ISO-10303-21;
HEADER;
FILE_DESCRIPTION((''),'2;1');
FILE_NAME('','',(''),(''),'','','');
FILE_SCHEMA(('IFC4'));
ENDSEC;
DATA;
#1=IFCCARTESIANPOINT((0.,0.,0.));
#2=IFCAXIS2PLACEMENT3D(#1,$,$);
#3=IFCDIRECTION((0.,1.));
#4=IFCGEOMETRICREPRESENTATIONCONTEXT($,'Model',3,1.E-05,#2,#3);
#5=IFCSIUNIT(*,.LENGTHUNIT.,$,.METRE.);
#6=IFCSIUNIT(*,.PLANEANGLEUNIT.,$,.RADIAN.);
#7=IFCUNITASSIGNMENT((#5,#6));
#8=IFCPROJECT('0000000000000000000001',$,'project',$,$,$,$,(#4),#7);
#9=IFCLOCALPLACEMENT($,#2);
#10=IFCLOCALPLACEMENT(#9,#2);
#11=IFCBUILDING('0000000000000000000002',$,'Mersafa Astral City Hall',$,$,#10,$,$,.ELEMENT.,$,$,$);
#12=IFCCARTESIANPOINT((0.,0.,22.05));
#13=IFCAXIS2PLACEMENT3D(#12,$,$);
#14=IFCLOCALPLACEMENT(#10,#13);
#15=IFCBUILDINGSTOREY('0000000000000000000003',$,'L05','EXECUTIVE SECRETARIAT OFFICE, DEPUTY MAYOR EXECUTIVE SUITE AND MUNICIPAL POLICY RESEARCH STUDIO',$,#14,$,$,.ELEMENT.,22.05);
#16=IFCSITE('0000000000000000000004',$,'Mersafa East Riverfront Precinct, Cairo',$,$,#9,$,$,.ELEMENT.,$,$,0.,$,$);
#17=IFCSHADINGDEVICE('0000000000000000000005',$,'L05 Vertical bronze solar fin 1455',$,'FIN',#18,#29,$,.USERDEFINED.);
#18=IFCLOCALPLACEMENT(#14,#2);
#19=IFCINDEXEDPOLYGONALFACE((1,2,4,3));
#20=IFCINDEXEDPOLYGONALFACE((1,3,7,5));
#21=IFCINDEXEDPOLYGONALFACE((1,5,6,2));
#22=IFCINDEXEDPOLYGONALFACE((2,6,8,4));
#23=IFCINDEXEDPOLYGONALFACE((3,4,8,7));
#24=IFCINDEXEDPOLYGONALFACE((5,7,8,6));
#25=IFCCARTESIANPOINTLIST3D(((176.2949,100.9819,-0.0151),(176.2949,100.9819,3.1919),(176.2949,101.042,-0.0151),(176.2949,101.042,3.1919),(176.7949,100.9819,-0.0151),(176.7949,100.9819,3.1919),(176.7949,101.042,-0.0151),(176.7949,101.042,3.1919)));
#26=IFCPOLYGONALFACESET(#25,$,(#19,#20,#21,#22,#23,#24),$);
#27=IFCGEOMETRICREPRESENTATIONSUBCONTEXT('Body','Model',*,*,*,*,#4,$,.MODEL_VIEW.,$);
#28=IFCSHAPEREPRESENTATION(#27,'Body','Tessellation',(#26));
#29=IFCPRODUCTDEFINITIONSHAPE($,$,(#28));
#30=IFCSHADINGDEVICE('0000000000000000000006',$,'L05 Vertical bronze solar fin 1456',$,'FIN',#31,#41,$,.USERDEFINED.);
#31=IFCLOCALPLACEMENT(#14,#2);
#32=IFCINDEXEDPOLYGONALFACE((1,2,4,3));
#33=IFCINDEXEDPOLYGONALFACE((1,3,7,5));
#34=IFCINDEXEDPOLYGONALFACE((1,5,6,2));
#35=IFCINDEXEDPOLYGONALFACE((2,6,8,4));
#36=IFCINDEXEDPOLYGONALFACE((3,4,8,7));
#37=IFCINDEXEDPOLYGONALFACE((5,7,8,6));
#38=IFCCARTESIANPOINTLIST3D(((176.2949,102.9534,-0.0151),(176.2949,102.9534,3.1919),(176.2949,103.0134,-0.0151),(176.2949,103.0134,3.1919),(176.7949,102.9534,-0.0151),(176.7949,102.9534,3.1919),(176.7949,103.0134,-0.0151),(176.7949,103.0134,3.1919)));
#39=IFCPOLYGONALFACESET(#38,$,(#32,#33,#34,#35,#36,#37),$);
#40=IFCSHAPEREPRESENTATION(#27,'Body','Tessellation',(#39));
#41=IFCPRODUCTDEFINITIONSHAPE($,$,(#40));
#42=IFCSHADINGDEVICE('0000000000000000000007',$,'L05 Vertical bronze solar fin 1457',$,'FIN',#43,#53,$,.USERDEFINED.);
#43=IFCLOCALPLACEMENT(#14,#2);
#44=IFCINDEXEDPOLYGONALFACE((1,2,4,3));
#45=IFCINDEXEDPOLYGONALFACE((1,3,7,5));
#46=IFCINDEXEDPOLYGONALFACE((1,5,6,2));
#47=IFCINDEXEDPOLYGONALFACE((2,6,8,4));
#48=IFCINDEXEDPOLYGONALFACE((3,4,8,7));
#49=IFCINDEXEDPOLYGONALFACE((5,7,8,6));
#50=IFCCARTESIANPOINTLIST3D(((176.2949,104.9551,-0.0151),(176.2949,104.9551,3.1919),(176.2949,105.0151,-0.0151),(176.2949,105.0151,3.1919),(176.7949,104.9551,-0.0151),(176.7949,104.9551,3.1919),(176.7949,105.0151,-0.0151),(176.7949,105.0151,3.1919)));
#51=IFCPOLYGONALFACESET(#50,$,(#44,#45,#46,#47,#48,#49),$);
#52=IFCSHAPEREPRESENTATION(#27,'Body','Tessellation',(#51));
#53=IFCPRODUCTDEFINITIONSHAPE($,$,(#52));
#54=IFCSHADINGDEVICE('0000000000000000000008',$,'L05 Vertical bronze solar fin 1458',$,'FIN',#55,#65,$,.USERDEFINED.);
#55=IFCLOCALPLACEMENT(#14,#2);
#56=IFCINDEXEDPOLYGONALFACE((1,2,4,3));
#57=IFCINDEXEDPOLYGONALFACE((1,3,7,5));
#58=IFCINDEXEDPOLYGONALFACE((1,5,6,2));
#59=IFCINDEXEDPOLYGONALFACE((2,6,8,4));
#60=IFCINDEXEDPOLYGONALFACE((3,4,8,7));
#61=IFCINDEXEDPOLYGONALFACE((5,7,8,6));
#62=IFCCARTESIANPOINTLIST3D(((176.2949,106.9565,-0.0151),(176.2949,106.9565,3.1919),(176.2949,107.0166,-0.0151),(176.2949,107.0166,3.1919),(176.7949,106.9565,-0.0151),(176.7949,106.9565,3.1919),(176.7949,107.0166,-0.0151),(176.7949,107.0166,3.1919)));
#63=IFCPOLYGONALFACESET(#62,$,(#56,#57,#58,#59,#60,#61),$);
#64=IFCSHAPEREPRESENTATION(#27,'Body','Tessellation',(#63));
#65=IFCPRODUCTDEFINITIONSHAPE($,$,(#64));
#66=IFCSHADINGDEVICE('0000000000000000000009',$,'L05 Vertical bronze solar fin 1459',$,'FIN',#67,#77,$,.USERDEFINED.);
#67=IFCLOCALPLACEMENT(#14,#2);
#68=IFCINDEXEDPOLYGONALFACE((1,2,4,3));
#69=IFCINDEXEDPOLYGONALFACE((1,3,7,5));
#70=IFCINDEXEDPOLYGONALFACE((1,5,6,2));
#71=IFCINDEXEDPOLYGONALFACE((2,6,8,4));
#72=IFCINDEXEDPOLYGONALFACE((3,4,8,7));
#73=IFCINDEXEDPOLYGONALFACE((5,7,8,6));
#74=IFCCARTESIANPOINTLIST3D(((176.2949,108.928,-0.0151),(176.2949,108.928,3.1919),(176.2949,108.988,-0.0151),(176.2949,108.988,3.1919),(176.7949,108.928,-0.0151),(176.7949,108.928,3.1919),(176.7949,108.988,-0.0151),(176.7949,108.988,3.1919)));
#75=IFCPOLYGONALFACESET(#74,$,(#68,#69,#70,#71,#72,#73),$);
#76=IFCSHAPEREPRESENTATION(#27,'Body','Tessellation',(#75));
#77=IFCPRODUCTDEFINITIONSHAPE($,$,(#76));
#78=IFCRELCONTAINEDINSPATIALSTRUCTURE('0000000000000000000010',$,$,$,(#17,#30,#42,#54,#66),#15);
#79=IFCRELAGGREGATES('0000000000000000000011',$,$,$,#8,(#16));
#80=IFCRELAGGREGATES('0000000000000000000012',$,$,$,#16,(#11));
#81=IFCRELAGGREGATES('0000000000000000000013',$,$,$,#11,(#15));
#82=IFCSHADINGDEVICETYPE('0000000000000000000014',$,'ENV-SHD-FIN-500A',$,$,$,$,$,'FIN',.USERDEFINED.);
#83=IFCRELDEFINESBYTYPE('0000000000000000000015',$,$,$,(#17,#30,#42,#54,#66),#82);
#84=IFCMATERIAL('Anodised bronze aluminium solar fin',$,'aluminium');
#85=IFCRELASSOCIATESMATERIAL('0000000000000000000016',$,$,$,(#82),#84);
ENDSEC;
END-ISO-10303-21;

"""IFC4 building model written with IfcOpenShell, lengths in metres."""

from ifc_helpers import new_model, si_unit, direction, frame, origin, origin_2d, place, context, subcontext, project, spatial, rectangle, extrude, material, type_object, element, save


model = new_model("IFC4")

# Units and contexts
model_context = context("Model", 3, precision=1e-05, world=origin(), true_north=direction((0.0, 1.0)))
body_context = subcontext(model_context, "Body", "Model", "MODEL_VIEW")
ifc_project = project(units=[si_unit("LENGTHUNIT", "METRE"), si_unit("PLANEANGLEUNIT", "RADIAN")], contexts=[model_context])

# Site, building, storey
site_placement = place(None, origin())
site = spatial("IfcSite", under=ifc_project, at=site_placement, Name="Mersafa East Riverfront Precinct, Cairo", CompositionType="ELEMENT", RefElevation=0.0)
building_placement = place(site_placement, origin())
building = spatial("IfcBuilding", under=site, at=building_placement, Name="Mersafa Astral City Hall", CompositionType="ELEMENT")
storey_placement = place(building_placement, frame((0.0, 0.0, 22.05)))
storey = spatial("IfcBuildingStorey", under=building, at=storey_placement, Name="L05", Description="EXECUTIVE SECRETARIAT OFFICE, DEPUTY MAYOR EXECUTIVE SUITE AND MUNICIPAL POLICY RESEARCH STUDIO", CompositionType="ELEMENT", Elevation=22.05)

# Shading devices
ifc_material_1 = material(Name="Anodised bronze aluminium solar fin", Category="aluminium")
shading_device_type = type_object("IfcShadingDeviceType", Name="ENV-SHD-FIN-500A", ElementType="FIN", PredefinedType="USERDEFINED", material=ifc_material_1)
for number, where, z_axis, x_axis, name in (
    (1, (176.5449, 101.012, -0.0151), (0.0, 0.0, 1.0), (0.0, 1.0, 0.0), "L05 Vertical bronze solar fin 1455"),
    (2, (176.5449, 102.9834, -0.0151), (0.0, 0.0, 1.0), (0.0, 1.0, 0.0), "L05 Vertical bronze solar fin 1456"),
    (3, (176.5449, 104.9851, -0.0151), (0.0, 0.0, 1.0), (0.0, 1.0, 0.0), "L05 Vertical bronze solar fin 1457"),
    (4, (176.5449, 106.9866, -0.0151), (0.0, 0.0, 1.0), (0.0, 1.0, 0.0), "L05 Vertical bronze solar fin 1458"),
    (5, (176.5449, 108.958, -0.0151), (0.0, 0.0, 1.0), (0.0, 1.0, 0.0), "L05 Vertical bronze solar fin 1459"),
):
    element("IfcShadingDevice", number, at=place(storey_placement, frame(where, z_axis=z_axis, x_axis=x_axis)), inside=storey, type_object=shading_device_type, Name=name, ObjectType="FIN", PredefinedType="USERDEFINED", context=body_context, shape_type="SweptSolid", body=[
        extrude(rectangle(XDim=0.0601, YDim=0.5, at=origin_2d()), origin(), (0.0, 0.0, 1.0), 3.207),
    ])

save(model, "model.ifc")
